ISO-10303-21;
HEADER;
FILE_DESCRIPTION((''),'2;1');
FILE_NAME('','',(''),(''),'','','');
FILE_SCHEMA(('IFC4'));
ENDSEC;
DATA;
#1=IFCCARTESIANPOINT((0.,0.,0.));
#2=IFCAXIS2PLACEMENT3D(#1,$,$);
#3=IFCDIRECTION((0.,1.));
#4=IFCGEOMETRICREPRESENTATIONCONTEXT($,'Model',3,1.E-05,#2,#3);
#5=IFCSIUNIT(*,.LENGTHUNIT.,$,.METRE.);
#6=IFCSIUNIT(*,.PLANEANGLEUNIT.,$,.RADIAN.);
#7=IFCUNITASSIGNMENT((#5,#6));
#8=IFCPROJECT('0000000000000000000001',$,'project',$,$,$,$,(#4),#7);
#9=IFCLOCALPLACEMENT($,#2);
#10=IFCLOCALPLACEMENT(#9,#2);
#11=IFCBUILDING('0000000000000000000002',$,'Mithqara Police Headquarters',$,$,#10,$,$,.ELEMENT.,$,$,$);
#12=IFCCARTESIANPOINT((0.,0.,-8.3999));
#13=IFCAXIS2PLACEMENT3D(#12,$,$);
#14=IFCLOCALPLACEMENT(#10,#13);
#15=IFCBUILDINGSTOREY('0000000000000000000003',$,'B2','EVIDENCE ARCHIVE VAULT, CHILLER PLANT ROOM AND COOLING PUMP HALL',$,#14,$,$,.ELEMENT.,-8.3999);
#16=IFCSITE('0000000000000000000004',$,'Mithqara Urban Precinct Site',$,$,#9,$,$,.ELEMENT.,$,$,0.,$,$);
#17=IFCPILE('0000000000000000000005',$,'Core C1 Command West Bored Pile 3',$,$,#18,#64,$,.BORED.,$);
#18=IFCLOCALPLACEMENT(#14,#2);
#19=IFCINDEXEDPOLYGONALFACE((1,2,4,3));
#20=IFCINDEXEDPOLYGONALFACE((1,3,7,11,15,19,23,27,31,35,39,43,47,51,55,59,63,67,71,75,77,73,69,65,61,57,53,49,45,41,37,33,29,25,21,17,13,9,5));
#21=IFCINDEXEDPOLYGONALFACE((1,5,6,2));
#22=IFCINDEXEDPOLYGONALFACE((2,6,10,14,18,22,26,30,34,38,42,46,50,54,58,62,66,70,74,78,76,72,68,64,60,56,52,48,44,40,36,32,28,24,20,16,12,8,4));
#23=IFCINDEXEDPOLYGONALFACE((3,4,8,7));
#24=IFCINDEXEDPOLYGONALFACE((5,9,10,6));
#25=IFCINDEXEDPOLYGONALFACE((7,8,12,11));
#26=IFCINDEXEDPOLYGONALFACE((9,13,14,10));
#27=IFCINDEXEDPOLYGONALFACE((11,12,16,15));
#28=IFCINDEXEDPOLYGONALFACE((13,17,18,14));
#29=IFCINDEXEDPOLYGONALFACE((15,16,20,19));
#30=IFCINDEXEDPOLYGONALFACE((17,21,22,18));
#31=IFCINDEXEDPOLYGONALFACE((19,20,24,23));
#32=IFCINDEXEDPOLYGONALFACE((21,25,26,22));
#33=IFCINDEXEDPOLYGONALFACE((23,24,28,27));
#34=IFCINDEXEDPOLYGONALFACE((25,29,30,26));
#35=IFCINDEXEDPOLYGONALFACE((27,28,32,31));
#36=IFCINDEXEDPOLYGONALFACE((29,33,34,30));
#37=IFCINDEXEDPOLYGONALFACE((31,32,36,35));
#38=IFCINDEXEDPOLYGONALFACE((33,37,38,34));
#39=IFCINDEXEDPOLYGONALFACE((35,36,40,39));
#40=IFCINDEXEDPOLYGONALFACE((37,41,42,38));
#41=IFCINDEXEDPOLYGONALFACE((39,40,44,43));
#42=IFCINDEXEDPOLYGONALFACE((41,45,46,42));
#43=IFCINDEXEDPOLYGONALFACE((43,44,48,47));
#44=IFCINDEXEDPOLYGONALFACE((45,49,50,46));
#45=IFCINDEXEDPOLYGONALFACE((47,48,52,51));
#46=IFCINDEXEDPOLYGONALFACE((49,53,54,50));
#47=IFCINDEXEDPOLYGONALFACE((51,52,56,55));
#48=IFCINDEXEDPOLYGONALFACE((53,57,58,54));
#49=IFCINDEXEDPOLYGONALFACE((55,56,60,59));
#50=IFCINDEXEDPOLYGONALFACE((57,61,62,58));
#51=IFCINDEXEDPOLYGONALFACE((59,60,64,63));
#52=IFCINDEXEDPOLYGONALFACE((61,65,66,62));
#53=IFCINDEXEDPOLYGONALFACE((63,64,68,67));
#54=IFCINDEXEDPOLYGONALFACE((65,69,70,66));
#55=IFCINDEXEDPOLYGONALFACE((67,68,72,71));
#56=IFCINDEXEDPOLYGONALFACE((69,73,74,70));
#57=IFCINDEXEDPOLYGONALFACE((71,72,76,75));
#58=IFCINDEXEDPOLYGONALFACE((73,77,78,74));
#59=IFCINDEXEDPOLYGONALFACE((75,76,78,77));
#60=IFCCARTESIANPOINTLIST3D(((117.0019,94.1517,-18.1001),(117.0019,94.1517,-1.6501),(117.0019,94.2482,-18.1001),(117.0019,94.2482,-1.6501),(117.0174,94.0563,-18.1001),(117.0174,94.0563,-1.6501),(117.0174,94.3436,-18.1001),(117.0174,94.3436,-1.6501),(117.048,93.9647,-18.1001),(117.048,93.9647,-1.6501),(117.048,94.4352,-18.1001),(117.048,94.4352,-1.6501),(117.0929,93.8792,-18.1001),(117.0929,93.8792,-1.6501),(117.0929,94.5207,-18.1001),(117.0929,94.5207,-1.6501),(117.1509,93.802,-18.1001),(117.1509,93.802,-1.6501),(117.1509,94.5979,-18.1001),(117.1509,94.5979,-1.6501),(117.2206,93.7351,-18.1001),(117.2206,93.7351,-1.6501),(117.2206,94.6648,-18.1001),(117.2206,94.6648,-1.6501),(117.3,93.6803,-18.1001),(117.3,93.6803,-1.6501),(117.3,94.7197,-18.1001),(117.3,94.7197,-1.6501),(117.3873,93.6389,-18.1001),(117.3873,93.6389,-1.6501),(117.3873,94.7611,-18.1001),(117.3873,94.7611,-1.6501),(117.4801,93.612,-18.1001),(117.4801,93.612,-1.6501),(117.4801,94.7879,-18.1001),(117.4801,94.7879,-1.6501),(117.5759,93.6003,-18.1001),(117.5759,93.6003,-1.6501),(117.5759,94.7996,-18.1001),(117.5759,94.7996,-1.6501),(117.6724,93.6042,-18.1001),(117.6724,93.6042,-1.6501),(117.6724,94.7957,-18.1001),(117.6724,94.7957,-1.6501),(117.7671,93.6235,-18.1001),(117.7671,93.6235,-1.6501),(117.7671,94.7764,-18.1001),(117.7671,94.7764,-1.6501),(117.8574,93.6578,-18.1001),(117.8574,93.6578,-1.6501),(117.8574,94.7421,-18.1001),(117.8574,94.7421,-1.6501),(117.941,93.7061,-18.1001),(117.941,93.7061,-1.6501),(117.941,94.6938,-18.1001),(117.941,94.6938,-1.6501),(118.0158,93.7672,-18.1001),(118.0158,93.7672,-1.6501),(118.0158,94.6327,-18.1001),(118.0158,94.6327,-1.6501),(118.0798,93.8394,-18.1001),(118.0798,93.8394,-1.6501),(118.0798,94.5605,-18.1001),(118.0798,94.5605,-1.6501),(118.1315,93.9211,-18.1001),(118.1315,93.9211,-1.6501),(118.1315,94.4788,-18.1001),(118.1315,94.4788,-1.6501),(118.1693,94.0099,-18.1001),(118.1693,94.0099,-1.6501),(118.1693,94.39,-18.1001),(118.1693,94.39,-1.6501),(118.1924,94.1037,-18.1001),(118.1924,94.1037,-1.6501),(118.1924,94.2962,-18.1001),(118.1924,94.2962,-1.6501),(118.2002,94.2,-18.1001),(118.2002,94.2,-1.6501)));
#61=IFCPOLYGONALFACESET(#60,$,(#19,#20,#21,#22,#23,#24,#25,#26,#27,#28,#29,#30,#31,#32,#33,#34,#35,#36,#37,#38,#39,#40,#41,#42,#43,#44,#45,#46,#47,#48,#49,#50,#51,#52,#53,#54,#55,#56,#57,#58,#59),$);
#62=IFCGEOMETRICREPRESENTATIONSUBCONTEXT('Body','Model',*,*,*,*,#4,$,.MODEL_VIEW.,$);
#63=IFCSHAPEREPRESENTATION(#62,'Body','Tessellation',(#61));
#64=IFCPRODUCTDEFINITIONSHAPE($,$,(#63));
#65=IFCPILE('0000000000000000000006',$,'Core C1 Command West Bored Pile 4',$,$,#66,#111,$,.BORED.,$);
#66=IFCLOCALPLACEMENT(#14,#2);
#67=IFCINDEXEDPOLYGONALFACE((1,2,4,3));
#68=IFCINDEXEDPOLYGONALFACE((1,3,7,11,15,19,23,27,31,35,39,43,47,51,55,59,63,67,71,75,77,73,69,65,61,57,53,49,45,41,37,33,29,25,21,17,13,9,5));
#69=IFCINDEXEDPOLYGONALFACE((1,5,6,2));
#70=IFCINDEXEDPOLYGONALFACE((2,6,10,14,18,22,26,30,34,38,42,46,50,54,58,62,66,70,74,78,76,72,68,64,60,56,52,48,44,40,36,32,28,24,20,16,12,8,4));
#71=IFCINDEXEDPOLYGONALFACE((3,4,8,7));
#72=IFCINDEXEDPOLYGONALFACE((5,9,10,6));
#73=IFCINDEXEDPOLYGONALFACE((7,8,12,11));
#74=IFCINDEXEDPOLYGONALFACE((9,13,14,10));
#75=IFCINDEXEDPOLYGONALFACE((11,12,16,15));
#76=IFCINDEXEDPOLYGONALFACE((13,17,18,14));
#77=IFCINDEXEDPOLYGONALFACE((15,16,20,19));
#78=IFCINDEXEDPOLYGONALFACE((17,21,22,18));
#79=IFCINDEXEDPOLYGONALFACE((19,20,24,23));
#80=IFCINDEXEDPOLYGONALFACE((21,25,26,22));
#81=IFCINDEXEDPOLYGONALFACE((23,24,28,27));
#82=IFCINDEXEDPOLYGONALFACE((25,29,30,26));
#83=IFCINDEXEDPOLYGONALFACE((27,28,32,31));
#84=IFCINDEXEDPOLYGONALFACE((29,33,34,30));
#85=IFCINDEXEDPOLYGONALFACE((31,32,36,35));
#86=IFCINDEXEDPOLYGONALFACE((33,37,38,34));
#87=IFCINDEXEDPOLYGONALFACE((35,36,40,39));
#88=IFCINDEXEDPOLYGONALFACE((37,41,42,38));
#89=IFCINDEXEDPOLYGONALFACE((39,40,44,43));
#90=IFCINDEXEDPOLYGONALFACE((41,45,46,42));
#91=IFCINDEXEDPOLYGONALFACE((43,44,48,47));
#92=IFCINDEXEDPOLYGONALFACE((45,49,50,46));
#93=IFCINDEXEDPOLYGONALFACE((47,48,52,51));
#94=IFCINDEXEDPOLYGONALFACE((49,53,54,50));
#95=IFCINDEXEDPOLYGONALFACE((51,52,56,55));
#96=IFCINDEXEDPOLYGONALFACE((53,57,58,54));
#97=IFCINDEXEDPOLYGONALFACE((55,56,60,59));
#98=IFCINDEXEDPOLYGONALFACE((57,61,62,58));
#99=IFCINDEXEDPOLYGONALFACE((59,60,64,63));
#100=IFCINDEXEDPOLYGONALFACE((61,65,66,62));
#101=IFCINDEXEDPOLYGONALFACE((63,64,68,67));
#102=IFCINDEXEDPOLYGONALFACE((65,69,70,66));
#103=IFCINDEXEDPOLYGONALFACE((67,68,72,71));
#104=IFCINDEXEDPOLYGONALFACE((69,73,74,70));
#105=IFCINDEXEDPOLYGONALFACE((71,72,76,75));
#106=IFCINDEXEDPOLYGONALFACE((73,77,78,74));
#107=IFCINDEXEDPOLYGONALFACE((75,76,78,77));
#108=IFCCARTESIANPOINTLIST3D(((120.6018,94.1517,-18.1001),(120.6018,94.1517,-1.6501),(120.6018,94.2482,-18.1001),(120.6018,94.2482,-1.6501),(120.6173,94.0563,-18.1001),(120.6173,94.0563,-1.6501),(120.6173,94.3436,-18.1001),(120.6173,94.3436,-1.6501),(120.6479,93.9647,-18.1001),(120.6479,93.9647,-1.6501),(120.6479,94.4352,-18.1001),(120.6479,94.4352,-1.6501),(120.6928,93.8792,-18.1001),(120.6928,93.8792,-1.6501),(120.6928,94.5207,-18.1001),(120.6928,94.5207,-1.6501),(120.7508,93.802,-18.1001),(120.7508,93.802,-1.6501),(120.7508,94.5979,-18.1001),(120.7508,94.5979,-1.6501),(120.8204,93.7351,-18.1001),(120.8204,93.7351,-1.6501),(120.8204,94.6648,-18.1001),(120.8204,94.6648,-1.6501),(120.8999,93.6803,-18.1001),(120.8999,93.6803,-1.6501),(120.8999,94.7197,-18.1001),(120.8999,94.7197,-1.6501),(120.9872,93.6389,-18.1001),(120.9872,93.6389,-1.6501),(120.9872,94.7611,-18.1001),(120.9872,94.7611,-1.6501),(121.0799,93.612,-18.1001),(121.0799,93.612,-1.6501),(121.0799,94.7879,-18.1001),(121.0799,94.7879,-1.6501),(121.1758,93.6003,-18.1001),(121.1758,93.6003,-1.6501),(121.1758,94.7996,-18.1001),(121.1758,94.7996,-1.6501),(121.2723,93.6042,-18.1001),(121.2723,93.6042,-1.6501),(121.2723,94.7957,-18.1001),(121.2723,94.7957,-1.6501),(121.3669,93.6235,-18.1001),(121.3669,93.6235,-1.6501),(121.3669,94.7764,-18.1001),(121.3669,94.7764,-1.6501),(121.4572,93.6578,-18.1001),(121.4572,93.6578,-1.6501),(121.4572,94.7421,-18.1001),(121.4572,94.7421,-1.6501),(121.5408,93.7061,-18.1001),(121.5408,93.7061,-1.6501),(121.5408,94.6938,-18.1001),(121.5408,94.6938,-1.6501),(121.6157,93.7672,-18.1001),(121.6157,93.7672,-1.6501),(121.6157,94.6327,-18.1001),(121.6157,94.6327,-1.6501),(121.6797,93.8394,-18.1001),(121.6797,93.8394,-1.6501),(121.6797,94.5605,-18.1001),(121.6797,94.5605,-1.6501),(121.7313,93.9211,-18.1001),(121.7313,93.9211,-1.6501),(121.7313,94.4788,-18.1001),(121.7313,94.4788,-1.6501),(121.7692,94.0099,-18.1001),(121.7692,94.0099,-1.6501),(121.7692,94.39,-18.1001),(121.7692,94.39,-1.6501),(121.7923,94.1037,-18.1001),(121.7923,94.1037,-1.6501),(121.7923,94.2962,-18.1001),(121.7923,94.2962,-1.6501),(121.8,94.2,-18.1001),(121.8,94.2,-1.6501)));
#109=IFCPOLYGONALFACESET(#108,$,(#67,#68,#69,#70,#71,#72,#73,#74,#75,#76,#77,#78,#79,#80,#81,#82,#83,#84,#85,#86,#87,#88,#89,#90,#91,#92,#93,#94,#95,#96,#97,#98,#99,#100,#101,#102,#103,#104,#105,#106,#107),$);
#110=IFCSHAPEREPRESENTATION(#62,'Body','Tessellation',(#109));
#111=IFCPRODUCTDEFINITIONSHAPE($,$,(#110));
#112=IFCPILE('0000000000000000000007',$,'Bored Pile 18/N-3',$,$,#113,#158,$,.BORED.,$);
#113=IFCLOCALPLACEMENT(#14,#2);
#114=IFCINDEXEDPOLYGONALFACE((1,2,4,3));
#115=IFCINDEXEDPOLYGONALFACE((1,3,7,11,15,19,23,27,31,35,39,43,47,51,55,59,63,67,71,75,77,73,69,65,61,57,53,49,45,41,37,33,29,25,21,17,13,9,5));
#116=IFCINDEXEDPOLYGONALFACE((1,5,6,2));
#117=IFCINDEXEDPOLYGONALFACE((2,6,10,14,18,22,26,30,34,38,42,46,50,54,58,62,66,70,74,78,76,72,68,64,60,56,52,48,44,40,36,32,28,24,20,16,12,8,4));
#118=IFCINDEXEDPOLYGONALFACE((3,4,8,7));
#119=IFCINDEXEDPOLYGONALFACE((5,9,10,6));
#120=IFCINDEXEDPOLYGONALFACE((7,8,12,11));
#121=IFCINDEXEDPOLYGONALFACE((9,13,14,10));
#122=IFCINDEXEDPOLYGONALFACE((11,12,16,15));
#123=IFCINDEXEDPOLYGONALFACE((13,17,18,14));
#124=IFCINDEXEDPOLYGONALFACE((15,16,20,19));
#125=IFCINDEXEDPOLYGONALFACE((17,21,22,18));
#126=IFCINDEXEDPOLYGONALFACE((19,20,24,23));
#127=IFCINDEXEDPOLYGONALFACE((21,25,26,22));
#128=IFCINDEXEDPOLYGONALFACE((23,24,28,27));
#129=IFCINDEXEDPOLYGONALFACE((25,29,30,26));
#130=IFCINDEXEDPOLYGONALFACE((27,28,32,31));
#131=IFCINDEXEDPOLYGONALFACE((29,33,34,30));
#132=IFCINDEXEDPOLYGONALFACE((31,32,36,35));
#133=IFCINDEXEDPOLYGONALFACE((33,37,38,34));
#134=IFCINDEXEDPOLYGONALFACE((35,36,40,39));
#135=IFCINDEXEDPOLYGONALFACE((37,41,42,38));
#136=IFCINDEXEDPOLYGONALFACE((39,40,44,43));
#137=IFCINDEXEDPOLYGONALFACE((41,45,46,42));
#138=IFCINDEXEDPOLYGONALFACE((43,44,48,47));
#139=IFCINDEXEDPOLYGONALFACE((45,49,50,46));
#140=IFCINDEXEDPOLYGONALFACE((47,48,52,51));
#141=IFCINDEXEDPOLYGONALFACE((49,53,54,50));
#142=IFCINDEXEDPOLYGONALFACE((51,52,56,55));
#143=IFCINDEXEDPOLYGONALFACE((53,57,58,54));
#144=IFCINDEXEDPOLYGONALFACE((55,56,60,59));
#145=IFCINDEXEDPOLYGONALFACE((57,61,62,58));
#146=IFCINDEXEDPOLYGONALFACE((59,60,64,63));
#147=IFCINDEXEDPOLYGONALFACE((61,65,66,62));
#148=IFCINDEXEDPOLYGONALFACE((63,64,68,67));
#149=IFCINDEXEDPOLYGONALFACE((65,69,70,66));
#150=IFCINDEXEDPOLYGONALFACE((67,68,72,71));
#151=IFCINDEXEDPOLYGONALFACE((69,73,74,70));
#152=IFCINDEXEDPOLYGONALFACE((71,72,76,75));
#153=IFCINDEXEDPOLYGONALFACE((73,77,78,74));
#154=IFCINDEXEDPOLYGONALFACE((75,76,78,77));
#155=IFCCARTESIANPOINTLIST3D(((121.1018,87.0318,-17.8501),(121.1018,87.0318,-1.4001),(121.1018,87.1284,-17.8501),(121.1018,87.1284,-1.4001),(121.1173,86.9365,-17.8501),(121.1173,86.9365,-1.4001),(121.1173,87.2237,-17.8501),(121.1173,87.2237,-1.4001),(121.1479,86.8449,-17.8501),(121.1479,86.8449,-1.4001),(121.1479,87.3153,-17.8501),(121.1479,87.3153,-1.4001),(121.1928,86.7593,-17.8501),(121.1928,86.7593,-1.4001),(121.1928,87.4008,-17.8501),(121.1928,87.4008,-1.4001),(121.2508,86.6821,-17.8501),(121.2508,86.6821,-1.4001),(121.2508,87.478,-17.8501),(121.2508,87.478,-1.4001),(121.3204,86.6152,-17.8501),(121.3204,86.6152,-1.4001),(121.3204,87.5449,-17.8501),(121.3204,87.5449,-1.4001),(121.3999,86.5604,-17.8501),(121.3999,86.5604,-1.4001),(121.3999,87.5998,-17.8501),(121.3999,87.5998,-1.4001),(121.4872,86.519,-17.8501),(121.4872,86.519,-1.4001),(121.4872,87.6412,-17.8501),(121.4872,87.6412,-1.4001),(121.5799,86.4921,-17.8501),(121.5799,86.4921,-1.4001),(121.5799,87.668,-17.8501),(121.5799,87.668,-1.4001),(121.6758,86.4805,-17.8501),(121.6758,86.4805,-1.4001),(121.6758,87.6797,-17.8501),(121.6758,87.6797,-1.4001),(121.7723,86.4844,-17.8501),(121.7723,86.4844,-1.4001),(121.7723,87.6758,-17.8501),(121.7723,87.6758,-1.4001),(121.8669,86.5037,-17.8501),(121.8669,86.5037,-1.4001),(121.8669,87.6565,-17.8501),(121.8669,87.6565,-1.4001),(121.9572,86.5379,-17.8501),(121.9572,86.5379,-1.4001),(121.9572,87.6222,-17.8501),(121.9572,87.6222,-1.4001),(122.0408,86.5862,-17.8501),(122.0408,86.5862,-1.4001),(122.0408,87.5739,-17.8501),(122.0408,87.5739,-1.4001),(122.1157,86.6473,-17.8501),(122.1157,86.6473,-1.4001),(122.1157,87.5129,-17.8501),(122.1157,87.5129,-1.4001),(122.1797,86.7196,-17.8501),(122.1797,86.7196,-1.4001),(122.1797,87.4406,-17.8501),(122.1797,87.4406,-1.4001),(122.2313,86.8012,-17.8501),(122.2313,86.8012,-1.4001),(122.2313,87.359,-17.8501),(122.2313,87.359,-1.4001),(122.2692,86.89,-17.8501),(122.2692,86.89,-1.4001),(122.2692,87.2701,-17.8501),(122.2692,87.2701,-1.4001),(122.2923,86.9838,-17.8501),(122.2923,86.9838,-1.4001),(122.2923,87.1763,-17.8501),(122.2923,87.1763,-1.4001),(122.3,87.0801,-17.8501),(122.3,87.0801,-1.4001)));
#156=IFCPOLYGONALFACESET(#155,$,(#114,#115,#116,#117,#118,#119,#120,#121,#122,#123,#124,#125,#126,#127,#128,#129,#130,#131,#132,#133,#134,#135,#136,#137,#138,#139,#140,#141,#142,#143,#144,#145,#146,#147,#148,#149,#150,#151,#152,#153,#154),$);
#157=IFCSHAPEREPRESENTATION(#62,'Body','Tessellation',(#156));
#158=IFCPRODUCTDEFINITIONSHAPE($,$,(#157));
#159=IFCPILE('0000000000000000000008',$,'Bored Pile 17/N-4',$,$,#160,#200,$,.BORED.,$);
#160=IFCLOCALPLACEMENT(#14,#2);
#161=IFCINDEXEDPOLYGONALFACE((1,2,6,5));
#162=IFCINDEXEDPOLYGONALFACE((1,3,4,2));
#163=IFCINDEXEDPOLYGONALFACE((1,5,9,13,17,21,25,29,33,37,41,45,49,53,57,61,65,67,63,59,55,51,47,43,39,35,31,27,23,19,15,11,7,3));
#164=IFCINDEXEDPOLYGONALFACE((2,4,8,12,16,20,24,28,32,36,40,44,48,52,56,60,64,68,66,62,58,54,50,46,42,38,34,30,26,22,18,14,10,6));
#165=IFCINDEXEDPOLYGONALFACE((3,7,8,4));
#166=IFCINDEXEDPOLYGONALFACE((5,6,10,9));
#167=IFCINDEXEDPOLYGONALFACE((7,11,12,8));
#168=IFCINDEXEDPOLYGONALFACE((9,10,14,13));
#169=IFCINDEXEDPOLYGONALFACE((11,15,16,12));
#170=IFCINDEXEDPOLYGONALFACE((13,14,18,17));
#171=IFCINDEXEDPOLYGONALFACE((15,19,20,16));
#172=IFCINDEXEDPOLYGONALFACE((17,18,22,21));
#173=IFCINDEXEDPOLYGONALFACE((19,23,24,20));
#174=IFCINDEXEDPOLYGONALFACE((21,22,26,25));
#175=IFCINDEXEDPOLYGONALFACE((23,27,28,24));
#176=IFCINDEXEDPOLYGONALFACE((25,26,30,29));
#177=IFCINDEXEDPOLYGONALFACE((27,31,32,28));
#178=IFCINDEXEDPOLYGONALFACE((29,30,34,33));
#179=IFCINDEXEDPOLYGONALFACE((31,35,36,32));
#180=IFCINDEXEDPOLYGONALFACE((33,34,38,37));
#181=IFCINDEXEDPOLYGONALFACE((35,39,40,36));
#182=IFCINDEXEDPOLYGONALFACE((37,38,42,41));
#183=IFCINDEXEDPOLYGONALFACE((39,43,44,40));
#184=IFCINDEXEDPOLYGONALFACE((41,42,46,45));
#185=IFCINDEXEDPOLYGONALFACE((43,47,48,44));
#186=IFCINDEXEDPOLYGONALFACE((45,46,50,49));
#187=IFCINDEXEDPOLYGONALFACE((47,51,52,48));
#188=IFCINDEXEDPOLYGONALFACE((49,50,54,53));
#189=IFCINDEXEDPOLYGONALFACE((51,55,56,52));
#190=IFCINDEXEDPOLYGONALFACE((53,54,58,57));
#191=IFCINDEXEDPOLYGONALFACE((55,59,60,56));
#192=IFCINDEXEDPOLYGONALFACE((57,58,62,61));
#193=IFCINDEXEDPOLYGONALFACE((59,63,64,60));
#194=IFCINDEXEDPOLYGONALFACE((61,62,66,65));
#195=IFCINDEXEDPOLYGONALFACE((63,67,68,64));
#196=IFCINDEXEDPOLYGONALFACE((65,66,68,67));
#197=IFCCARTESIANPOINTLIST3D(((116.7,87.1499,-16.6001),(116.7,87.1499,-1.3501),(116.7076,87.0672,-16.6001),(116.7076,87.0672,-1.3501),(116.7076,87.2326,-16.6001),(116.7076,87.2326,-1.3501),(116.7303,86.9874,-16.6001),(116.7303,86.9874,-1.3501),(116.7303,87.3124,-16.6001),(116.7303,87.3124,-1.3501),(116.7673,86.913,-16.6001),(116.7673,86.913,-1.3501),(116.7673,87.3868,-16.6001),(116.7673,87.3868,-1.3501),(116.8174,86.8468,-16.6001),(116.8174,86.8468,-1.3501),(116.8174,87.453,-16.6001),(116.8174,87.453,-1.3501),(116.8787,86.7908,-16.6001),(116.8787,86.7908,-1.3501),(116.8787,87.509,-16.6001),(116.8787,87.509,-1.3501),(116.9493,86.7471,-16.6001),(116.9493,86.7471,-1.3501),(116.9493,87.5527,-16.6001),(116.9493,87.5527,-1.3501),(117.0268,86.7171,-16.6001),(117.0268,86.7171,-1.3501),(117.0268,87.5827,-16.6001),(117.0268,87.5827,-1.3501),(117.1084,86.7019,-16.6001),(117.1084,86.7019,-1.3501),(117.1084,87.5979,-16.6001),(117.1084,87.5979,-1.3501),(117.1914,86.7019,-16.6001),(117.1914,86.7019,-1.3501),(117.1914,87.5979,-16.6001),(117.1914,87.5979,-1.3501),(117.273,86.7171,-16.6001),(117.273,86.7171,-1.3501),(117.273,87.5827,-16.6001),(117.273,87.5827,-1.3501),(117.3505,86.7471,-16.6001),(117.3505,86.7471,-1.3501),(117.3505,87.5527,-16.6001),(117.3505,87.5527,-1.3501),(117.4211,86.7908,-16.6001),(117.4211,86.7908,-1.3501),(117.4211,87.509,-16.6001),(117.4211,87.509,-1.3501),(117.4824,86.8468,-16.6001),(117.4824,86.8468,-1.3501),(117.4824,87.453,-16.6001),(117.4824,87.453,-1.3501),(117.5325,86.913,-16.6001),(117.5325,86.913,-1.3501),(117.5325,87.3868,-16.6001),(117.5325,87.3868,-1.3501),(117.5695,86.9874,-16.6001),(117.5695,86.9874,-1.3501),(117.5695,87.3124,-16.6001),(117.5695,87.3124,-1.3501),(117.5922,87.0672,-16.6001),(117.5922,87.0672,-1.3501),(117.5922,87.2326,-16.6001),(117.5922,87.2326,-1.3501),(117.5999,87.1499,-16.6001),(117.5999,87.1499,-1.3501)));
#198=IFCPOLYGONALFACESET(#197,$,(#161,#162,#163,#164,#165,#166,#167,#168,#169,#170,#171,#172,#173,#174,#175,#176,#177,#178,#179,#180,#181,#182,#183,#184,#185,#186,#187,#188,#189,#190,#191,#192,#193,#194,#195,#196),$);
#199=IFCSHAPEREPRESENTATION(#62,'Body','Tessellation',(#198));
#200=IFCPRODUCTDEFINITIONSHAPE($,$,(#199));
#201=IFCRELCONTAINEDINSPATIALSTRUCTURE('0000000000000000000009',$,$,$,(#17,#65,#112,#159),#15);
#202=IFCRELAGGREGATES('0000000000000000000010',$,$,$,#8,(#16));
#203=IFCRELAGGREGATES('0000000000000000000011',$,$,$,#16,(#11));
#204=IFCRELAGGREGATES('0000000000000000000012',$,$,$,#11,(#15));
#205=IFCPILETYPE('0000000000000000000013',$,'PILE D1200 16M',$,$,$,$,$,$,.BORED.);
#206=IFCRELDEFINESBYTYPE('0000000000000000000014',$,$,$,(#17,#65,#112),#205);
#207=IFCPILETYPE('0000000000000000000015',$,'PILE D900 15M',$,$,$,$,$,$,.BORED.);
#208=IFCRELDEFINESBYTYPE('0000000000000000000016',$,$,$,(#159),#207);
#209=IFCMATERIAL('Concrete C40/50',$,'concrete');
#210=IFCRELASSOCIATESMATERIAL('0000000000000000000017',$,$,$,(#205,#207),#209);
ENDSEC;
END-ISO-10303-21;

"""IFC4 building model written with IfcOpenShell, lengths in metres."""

from ifc_helpers import new_model, si_unit, direction, frame, origin, origin_2d, place, context, subcontext, project, spatial, circle, extrude, material, material_profile, profile_set, type_object, element, save


model = new_model("IFC4")

# Units and contexts
model_context = context("Model", 3, precision=1e-05, world=origin(), true_north=direction((0.0, 1.0)))
body_context = subcontext(model_context, "Body", "Model", "MODEL_VIEW")
ifc_project = project(units=[si_unit("LENGTHUNIT", "METRE"), si_unit("PLANEANGLEUNIT", "RADIAN")], contexts=[model_context])

# Site, building, storey
site_placement = place(None, origin())
site = spatial("IfcSite", under=ifc_project, at=site_placement, Name="Mithqara Urban Precinct Site", CompositionType="ELEMENT", RefElevation=0.0)
building_placement = place(site_placement, origin())
building = spatial("IfcBuilding", under=site, at=building_placement, Name="Mithqara Police Headquarters", CompositionType="ELEMENT")
storey_placement = place(building_placement, frame((0.0, 0.0, -8.3999)))
storey = spatial("IfcBuildingStorey", under=building, at=storey_placement, Name="B2", Description="EVIDENCE ARCHIVE VAULT, CHILLER PLANT ROOM AND COOLING PUMP HALL", CompositionType="ELEMENT", Elevation=-8.3999)

# Piles
ifc_material_1 = material(Name="Concrete C40/50", Category="concrete")
ifc_material_profile_1 = material_profile(ifc_material_1, circle(Radius=0.6001, at=origin_2d()), Name="PILE D1200")
ifc_profile_set_1 = profile_set([ifc_material_profile_1], Name="Concrete C40/50")
pile_type_1 = type_object("IfcPileType", Name="PILE D1200 16M", PredefinedType="BORED", material=ifc_profile_set_1)
for number, where, z_axis, x_axis, name in (
    (1, (117.6001, 94.2, -1.6501), (0.0, 0.0, -1.0), (1.0, 0.0, 0.0), "Core C1 Command West Bored Pile 3"),
    (2, (121.2, 94.2, -1.6501), (0.0, 0.0, -1.0), (1.0, 0.0, 0.0), "Core C1 Command West Bored Pile 4"),
    (3, (121.7, 87.0801, -1.4001), (0.0, 0.0, -1.0), (1.0, 0.0, 0.0), "Bored Pile 18/N-3"),
):
    element("IfcPile", number, at=place(storey_placement, frame(where, z_axis=z_axis, x_axis=x_axis)), inside=storey, type_object=pile_type_1, Name=name, PredefinedType="BORED", context=body_context, shape_type="SweptSolid", body=[
        extrude(circle(Radius=0.6001, at=origin_2d()), origin(), (0.0, 0.0, 1.0), 16.45),
    ])
ifc_material_profile_2 = material_profile(ifc_material_1, circle(Radius=0.45, at=origin_2d()), Name="PILE D900")
ifc_profile_set_2 = profile_set([ifc_material_profile_2], Name="Concrete C40/50")
pile_type_2 = type_object("IfcPileType", Name="PILE D900 15M", PredefinedType="BORED", material=ifc_profile_set_2)
pile_placement = place(storey_placement, frame((117.1499, 87.1499, -1.3501), z_axis=(0.0, 0.0, -1.0), x_axis=(1.0, 0.0, 0.0)))
element("IfcPile", 4, at=pile_placement, inside=storey, type_object=pile_type_2, Name="Bored Pile 17/N-4", PredefinedType="BORED", context=body_context, shape_type="SweptSolid", body=[
    extrude(circle(Radius=0.45, at=origin_2d()), origin(), (0.0, 0.0, 1.0), 15.25),
])

save(model, "model.ifc")
